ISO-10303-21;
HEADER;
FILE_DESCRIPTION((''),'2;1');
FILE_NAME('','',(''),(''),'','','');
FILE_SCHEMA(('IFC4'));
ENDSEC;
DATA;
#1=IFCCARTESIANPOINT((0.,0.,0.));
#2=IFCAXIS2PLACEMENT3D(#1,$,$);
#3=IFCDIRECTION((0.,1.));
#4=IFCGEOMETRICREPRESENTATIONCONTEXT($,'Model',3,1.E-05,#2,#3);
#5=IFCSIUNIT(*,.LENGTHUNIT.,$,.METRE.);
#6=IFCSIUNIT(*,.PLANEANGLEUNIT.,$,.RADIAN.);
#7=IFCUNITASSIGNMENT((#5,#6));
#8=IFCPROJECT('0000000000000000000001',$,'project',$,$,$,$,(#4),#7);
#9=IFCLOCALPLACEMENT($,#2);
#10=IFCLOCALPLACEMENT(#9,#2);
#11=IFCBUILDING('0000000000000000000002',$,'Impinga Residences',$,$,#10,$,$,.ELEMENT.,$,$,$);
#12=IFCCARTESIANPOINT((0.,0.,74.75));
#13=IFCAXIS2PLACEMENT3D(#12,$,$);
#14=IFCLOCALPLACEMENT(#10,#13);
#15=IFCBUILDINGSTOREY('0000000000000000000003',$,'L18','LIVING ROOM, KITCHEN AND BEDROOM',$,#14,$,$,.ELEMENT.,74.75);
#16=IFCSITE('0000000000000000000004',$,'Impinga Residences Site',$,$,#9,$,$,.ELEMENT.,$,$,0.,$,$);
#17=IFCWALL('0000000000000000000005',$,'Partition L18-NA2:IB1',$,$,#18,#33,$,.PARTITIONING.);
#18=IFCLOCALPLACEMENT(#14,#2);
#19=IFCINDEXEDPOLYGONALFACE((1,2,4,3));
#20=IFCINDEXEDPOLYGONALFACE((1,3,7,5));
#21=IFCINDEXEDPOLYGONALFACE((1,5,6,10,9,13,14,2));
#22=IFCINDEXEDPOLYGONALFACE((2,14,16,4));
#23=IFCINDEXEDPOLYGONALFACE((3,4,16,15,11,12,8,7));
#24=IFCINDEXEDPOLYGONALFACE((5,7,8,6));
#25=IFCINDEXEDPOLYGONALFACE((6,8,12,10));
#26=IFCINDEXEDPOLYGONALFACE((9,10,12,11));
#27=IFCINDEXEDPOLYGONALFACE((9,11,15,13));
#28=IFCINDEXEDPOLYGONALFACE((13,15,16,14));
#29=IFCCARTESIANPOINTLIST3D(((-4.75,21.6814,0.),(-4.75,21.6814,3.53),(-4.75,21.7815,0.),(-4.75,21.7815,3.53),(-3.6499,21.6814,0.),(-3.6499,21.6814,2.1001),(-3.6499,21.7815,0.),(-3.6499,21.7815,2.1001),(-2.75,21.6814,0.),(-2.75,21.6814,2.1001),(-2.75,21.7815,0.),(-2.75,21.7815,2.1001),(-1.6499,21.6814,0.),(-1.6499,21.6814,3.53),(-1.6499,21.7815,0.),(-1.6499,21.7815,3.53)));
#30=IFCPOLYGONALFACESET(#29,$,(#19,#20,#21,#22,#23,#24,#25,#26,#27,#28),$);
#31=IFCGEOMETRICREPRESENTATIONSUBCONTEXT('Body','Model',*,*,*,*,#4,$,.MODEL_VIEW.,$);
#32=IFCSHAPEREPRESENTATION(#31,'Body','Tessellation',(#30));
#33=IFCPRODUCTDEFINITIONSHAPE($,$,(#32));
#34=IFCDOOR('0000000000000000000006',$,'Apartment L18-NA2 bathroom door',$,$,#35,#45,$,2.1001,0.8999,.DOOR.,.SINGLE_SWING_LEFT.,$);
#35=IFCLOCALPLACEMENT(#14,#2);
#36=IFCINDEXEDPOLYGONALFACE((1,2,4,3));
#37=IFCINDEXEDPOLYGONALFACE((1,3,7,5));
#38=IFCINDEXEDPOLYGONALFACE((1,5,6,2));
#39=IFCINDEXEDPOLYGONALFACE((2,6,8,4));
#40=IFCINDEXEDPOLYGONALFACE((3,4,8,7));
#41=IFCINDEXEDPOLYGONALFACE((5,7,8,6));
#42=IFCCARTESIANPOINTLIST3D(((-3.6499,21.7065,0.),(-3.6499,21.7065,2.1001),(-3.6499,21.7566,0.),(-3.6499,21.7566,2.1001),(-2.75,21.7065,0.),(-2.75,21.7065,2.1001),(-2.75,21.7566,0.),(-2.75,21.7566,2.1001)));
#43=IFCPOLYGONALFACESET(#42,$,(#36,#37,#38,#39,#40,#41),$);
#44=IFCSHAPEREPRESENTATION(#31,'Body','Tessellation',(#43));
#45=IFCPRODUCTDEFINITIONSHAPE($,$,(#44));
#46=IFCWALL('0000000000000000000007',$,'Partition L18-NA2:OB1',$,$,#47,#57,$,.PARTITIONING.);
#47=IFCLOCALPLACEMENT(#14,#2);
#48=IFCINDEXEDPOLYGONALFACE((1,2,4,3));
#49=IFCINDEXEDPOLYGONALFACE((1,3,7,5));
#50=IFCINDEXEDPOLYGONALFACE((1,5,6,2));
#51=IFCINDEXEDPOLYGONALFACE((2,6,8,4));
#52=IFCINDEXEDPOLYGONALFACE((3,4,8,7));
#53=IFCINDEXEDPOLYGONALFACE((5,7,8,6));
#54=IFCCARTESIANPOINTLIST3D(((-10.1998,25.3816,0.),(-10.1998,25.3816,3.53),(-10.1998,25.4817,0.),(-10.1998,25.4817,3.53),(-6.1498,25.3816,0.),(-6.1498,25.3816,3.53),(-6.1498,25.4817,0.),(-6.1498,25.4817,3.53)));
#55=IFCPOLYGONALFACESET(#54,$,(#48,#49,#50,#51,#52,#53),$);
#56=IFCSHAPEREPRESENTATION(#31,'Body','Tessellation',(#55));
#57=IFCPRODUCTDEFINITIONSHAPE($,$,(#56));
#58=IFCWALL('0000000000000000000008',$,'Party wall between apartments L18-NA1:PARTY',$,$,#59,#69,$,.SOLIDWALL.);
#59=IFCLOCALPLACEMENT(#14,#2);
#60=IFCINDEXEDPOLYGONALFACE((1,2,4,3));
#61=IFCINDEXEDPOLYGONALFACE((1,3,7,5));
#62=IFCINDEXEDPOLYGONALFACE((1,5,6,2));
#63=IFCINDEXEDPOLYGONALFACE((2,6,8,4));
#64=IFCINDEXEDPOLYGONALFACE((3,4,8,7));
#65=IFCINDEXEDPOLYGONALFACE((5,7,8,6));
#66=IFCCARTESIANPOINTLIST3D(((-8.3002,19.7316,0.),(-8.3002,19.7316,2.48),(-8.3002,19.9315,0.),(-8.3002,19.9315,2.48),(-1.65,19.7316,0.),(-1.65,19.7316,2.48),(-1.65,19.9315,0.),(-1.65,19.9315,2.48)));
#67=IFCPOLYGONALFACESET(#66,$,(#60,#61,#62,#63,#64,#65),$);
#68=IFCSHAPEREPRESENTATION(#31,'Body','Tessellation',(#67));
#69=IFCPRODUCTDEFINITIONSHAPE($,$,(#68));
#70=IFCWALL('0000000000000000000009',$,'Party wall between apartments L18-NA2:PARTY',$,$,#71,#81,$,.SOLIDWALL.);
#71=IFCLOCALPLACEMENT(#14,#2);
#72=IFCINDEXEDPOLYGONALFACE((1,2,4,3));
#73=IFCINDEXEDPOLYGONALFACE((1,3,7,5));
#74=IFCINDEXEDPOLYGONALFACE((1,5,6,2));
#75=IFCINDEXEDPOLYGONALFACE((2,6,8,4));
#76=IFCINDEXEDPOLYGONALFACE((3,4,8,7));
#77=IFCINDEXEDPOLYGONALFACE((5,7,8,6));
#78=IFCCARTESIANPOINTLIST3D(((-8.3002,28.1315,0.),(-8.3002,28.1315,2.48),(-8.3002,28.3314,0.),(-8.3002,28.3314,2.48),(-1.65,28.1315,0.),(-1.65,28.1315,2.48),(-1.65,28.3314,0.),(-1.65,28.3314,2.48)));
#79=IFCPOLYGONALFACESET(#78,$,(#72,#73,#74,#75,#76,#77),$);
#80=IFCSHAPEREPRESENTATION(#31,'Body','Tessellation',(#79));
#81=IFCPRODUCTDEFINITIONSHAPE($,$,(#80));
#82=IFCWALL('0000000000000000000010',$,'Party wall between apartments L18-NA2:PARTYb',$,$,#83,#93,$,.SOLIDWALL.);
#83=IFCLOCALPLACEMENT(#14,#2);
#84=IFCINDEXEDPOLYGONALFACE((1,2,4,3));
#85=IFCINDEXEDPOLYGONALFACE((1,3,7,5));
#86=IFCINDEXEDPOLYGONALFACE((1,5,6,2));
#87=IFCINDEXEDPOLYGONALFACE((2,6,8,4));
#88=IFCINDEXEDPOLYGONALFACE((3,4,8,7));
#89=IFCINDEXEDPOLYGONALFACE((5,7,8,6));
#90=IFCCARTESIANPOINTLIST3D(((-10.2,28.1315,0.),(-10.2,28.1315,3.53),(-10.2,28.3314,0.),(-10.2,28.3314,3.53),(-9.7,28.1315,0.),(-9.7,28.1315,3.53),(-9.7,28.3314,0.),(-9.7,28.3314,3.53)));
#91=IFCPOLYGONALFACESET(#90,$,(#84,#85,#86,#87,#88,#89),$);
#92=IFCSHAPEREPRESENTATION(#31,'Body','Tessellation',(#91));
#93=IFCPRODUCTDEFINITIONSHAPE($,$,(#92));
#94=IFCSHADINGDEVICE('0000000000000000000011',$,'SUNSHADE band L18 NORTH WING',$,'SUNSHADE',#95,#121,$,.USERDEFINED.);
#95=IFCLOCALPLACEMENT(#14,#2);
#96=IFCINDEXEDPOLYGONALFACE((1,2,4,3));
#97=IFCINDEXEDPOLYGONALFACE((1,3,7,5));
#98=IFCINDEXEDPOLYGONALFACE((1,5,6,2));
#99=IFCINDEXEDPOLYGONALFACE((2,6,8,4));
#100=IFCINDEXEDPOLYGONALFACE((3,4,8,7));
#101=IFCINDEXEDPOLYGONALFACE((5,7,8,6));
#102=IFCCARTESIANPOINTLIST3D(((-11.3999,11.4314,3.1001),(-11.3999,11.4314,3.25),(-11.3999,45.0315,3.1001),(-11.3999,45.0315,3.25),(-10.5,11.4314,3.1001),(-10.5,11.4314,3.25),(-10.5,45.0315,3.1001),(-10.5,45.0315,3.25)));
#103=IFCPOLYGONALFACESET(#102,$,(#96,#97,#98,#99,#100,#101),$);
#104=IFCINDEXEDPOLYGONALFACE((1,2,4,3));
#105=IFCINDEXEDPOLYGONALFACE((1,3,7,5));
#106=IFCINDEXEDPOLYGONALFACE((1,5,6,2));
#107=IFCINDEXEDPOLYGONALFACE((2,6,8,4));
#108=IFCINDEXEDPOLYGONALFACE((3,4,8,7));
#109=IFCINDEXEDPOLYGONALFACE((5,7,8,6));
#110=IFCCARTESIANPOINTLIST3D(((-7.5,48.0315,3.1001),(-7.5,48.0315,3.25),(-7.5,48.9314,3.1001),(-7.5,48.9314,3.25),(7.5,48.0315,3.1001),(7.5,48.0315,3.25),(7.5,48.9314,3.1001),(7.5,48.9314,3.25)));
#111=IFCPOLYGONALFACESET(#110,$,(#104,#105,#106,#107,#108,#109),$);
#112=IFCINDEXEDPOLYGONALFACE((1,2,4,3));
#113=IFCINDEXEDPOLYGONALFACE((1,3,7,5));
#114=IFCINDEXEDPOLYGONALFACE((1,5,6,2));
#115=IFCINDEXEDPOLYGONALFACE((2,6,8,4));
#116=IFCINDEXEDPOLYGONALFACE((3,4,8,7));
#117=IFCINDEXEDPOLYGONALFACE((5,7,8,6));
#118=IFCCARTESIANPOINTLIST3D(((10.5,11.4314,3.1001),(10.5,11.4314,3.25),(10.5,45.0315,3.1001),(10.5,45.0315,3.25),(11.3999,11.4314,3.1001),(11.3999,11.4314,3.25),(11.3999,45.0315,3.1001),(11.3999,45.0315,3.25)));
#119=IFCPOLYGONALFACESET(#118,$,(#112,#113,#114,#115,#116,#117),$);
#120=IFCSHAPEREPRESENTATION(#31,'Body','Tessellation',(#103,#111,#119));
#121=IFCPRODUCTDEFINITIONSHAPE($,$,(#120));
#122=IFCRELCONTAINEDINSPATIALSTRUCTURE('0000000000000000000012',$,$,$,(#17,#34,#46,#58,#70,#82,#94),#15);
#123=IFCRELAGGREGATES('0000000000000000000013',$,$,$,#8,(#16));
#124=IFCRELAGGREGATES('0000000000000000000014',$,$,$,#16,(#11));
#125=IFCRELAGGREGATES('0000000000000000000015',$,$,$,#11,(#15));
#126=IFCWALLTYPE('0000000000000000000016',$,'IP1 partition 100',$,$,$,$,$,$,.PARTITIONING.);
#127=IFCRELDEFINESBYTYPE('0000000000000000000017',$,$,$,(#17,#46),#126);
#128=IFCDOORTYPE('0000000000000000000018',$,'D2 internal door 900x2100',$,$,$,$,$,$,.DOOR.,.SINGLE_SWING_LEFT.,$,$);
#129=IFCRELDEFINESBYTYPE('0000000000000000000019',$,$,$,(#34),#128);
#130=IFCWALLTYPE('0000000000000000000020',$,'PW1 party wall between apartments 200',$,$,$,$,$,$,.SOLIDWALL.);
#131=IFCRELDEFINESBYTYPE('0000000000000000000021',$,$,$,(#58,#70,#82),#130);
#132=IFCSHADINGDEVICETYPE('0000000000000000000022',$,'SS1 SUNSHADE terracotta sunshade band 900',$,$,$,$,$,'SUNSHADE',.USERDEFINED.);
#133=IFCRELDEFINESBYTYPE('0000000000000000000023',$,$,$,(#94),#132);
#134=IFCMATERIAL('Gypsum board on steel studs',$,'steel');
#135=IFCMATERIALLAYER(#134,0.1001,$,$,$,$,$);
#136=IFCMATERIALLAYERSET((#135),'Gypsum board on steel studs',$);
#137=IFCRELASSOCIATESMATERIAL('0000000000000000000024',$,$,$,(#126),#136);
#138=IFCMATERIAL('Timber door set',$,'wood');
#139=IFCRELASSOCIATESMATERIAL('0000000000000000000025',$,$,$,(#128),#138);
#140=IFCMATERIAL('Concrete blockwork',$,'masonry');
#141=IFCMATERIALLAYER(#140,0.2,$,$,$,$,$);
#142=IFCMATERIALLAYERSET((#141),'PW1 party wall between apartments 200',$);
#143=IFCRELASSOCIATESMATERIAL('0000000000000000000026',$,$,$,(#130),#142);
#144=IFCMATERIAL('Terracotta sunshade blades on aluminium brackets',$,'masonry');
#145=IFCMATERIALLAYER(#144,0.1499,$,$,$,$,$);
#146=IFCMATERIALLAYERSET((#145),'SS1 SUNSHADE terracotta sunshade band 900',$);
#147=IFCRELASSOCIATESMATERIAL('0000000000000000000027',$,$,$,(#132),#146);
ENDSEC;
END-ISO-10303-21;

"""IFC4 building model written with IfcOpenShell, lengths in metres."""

from ifc_helpers import new_model, si_unit, direction, frame, frame_2d, origin, origin_2d, place, context, subcontext, project, spatial, rectangle, extrude, material, layer, layer_set, type_object, element, fill, save


model = new_model("IFC4")

# Units and contexts
model_context = context("Model", 3, precision=1e-05, world=origin(), true_north=direction((0.0, 1.0)))
body_context = subcontext(model_context, "Body", "Model", "MODEL_VIEW")
ifc_project = project(units=[si_unit("LENGTHUNIT", "METRE"), si_unit("PLANEANGLEUNIT", "RADIAN")], contexts=[model_context])

# Site, building, storey
site_placement = place(None, origin())
site = spatial("IfcSite", under=ifc_project, at=site_placement, Name="Impinga Residences Site", CompositionType="ELEMENT", RefElevation=0.0)
building_placement = place(site_placement, origin())
building = spatial("IfcBuilding", under=site, at=building_placement, Name="Impinga Residences", CompositionType="ELEMENT")
storey_placement = place(building_placement, frame((0.0, 0.0, 74.75)))
storey = spatial("IfcBuildingStorey", under=building, at=storey_placement, Name="L18", Description="LIVING ROOM, KITCHEN AND BEDROOM", CompositionType="ELEMENT", Elevation=74.75)

# Shared definitions
ifc_material_1 = material(Name="Concrete blockwork", Category="masonry")
ifc_material_2 = material(Name="Timber door set", Category="wood")

# Shared definitions
ifc_material_3 = material(Name="Gypsum board on steel studs", Category="steel")
ifc_layer_1 = layer(ifc_material_3, 0.1001)
ifc_layer_set_1 = layer_set([ifc_layer_1], Name="Gypsum board on steel studs")
wall_type_1 = type_object("IfcWallType", Name="IP1 partition 100", PredefinedType="PARTITIONING", material=ifc_layer_set_1)

# Shared definitions
door_type_1 = type_object("IfcDoorType", Name="D2 internal door 900x2100", OperationType="SINGLE_SWING_LEFT", PredefinedType="DOOR", material=ifc_material_2)

# Wall, opening, door
wall_1_placement = place(storey_placement, frame((-1.6499, 21.7314, 0.0), z_axis=(0.0, 0.0, 1.0), x_axis=(-1.0, 0.0, 0.0)))
wall_1 = element("IfcWall", 1, at=wall_1_placement, inside=storey, type_object=wall_type_1, Name="Partition L18-NA2:IB1", PredefinedType="PARTITIONING", context=body_context, shape_type="SweptSolid", body=[
    extrude(rectangle(XDim=3.1001, YDim=0.1001, at=frame_2d((1.55, 0.0))), origin(), (0.0, 0.0, 1.0), 3.53),
])
opening_1_placement = place(wall_1_placement, frame((1.1001, 0.0, 0.0)))
opening_1 = element("IfcOpeningElement", 2, at=opening_1_placement, cuts=wall_1, PredefinedType="OPENING", context=body_context, shape_type="SweptSolid", body=[
    extrude(rectangle(XDim=0.8999, YDim=2.1001, at=frame_2d((0.45, 1.05))), frame((0.0, 0.0601, 0.0), z_axis=(0.0, -1.0, 0.0), x_axis=(1.0, 0.0, 0.0)), (0.0, 0.0, 1.0), 0.1201),
])
door_1_placement = place(opening_1_placement, origin())
door_1 = element("IfcDoor", 3, at=door_1_placement, inside=storey, type_object=door_type_1, Name="Apartment L18-NA2 bathroom door", OperationType="SINGLE_SWING_LEFT", OverallHeight=2.1001, OverallWidth=0.8999, PredefinedType="DOOR", context=body_context, shape_type="SweptSolid", body=[
    extrude(rectangle(XDim=0.8999, YDim=2.1001, at=frame_2d((0.45, 1.05))), frame((0.0, 0.0249, 0.0), z_axis=(0.0, -1.0, 0.0), x_axis=(1.0, 0.0, 0.0)), (0.0, 0.0, 1.0), 0.05),
])
fill(opening_1, door_1)

# Walls
wall_2_placement = place(storey_placement, frame((-6.1499, 25.4316, 0.0), z_axis=(0.0, 0.0, 1.0), x_axis=(-1.0, 0.0, 0.0)))
element("IfcWall", 4, at=wall_2_placement, inside=storey, type_object=wall_type_1, Name="Partition L18-NA2:OB1", PredefinedType="PARTITIONING", context=body_context, shape_type="SweptSolid", body=[
    extrude(rectangle(XDim=4.05, YDim=0.1001, at=frame_2d((2.0249, 0.0))), origin(), (0.0, 0.0, 1.0), 3.53),
])
ifc_layer_2 = layer(ifc_material_1, 0.2)
ifc_layer_set_2 = layer_set([ifc_layer_2], Name="PW1 party wall between apartments 200")
wall_type_2 = type_object("IfcWallType", Name="PW1 party wall between apartments 200", PredefinedType="SOLIDWALL", material=ifc_layer_set_2)
for number, where, z_axis, x_axis, name in (
    (5, (-1.6499, 19.8315, 0.0), (0.0, 0.0, 1.0), (-1.0, 0.0, 0.0), "Party wall between apartments L18-NA1:PARTY"),
    (6, (-1.6499, 28.2314, 0.0), (0.0, 0.0, 1.0), (-1.0, 0.0, 0.0), "Party wall between apartments L18-NA2:PARTY"),
):
    element("IfcWall", number, at=place(storey_placement, frame(where, z_axis=z_axis, x_axis=x_axis)), inside=storey, type_object=wall_type_2, Name=name, PredefinedType="SOLIDWALL", context=body_context, shape_type="SweptSolid", body=[
        extrude(rectangle(XDim=6.6501, YDim=0.2, at=frame_2d((3.3252, 0.0))), origin(), (0.0, 0.0, 1.0), 2.48),
    ])
wall_3_placement = place(storey_placement, frame((-9.7, 28.2314, 0.0), z_axis=(0.0, 0.0, 1.0), x_axis=(-1.0, 0.0, 0.0)))
element("IfcWall", 7, at=wall_3_placement, inside=storey, type_object=wall_type_2, Name="Party wall between apartments L18-NA2:PARTYb", PredefinedType="SOLIDWALL", context=body_context, shape_type="SweptSolid", body=[
    extrude(rectangle(XDim=0.5, YDim=0.2, at=frame_2d((0.25, 0.0))), origin(), (0.0, 0.0, 1.0), 3.53),
])

# Shading device
ifc_material_4 = material(Name="Terracotta sunshade blades on aluminium brackets", Category="masonry")
ifc_layer_3 = layer(ifc_material_4, 0.1499)
ifc_layer_set_3 = layer_set([ifc_layer_3], Name="SS1 SUNSHADE terracotta sunshade band 900")
shading_device_type = type_object("IfcShadingDeviceType", Name="SS1 SUNSHADE terracotta sunshade band 900", ElementType="SUNSHADE", PredefinedType="USERDEFINED", material=ifc_layer_set_3)
shading_device_placement = place(storey_placement, frame((-10.95, 28.2314, 3.1001), z_axis=(0.0, 0.0, 1.0), x_axis=(0.0, 1.0, 0.0)))
element("IfcShadingDevice", 8, at=shading_device_placement, inside=storey, type_object=shading_device_type, Name="SUNSHADE band L18 NORTH WING", ObjectType="SUNSHADE", PredefinedType="USERDEFINED", context=body_context, shape_type="SweptSolid", body=[
    extrude(rectangle(XDim=33.6001, YDim=0.8999, at=origin_2d()), origin(), (0.0, 0.0, 1.0), 0.1499),
    extrude(rectangle(XDim=15.0, YDim=0.8999, at=origin_2d()), frame((20.25, -10.95, 0.0), z_axis=(0.0, 0.0, 1.0), x_axis=(0.0, -1.0, 0.0)), (0.0, 0.0, 1.0), 0.1499),
    extrude(rectangle(XDim=33.6001, YDim=0.8999, at=origin_2d()), frame((0.0, -21.8999, 0.0), z_axis=(0.0, 0.0, 1.0), x_axis=(-1.0, 0.0, 0.0)), (0.0, 0.0, 1.0), 0.1499),
])

save(model, "model.ifc")
